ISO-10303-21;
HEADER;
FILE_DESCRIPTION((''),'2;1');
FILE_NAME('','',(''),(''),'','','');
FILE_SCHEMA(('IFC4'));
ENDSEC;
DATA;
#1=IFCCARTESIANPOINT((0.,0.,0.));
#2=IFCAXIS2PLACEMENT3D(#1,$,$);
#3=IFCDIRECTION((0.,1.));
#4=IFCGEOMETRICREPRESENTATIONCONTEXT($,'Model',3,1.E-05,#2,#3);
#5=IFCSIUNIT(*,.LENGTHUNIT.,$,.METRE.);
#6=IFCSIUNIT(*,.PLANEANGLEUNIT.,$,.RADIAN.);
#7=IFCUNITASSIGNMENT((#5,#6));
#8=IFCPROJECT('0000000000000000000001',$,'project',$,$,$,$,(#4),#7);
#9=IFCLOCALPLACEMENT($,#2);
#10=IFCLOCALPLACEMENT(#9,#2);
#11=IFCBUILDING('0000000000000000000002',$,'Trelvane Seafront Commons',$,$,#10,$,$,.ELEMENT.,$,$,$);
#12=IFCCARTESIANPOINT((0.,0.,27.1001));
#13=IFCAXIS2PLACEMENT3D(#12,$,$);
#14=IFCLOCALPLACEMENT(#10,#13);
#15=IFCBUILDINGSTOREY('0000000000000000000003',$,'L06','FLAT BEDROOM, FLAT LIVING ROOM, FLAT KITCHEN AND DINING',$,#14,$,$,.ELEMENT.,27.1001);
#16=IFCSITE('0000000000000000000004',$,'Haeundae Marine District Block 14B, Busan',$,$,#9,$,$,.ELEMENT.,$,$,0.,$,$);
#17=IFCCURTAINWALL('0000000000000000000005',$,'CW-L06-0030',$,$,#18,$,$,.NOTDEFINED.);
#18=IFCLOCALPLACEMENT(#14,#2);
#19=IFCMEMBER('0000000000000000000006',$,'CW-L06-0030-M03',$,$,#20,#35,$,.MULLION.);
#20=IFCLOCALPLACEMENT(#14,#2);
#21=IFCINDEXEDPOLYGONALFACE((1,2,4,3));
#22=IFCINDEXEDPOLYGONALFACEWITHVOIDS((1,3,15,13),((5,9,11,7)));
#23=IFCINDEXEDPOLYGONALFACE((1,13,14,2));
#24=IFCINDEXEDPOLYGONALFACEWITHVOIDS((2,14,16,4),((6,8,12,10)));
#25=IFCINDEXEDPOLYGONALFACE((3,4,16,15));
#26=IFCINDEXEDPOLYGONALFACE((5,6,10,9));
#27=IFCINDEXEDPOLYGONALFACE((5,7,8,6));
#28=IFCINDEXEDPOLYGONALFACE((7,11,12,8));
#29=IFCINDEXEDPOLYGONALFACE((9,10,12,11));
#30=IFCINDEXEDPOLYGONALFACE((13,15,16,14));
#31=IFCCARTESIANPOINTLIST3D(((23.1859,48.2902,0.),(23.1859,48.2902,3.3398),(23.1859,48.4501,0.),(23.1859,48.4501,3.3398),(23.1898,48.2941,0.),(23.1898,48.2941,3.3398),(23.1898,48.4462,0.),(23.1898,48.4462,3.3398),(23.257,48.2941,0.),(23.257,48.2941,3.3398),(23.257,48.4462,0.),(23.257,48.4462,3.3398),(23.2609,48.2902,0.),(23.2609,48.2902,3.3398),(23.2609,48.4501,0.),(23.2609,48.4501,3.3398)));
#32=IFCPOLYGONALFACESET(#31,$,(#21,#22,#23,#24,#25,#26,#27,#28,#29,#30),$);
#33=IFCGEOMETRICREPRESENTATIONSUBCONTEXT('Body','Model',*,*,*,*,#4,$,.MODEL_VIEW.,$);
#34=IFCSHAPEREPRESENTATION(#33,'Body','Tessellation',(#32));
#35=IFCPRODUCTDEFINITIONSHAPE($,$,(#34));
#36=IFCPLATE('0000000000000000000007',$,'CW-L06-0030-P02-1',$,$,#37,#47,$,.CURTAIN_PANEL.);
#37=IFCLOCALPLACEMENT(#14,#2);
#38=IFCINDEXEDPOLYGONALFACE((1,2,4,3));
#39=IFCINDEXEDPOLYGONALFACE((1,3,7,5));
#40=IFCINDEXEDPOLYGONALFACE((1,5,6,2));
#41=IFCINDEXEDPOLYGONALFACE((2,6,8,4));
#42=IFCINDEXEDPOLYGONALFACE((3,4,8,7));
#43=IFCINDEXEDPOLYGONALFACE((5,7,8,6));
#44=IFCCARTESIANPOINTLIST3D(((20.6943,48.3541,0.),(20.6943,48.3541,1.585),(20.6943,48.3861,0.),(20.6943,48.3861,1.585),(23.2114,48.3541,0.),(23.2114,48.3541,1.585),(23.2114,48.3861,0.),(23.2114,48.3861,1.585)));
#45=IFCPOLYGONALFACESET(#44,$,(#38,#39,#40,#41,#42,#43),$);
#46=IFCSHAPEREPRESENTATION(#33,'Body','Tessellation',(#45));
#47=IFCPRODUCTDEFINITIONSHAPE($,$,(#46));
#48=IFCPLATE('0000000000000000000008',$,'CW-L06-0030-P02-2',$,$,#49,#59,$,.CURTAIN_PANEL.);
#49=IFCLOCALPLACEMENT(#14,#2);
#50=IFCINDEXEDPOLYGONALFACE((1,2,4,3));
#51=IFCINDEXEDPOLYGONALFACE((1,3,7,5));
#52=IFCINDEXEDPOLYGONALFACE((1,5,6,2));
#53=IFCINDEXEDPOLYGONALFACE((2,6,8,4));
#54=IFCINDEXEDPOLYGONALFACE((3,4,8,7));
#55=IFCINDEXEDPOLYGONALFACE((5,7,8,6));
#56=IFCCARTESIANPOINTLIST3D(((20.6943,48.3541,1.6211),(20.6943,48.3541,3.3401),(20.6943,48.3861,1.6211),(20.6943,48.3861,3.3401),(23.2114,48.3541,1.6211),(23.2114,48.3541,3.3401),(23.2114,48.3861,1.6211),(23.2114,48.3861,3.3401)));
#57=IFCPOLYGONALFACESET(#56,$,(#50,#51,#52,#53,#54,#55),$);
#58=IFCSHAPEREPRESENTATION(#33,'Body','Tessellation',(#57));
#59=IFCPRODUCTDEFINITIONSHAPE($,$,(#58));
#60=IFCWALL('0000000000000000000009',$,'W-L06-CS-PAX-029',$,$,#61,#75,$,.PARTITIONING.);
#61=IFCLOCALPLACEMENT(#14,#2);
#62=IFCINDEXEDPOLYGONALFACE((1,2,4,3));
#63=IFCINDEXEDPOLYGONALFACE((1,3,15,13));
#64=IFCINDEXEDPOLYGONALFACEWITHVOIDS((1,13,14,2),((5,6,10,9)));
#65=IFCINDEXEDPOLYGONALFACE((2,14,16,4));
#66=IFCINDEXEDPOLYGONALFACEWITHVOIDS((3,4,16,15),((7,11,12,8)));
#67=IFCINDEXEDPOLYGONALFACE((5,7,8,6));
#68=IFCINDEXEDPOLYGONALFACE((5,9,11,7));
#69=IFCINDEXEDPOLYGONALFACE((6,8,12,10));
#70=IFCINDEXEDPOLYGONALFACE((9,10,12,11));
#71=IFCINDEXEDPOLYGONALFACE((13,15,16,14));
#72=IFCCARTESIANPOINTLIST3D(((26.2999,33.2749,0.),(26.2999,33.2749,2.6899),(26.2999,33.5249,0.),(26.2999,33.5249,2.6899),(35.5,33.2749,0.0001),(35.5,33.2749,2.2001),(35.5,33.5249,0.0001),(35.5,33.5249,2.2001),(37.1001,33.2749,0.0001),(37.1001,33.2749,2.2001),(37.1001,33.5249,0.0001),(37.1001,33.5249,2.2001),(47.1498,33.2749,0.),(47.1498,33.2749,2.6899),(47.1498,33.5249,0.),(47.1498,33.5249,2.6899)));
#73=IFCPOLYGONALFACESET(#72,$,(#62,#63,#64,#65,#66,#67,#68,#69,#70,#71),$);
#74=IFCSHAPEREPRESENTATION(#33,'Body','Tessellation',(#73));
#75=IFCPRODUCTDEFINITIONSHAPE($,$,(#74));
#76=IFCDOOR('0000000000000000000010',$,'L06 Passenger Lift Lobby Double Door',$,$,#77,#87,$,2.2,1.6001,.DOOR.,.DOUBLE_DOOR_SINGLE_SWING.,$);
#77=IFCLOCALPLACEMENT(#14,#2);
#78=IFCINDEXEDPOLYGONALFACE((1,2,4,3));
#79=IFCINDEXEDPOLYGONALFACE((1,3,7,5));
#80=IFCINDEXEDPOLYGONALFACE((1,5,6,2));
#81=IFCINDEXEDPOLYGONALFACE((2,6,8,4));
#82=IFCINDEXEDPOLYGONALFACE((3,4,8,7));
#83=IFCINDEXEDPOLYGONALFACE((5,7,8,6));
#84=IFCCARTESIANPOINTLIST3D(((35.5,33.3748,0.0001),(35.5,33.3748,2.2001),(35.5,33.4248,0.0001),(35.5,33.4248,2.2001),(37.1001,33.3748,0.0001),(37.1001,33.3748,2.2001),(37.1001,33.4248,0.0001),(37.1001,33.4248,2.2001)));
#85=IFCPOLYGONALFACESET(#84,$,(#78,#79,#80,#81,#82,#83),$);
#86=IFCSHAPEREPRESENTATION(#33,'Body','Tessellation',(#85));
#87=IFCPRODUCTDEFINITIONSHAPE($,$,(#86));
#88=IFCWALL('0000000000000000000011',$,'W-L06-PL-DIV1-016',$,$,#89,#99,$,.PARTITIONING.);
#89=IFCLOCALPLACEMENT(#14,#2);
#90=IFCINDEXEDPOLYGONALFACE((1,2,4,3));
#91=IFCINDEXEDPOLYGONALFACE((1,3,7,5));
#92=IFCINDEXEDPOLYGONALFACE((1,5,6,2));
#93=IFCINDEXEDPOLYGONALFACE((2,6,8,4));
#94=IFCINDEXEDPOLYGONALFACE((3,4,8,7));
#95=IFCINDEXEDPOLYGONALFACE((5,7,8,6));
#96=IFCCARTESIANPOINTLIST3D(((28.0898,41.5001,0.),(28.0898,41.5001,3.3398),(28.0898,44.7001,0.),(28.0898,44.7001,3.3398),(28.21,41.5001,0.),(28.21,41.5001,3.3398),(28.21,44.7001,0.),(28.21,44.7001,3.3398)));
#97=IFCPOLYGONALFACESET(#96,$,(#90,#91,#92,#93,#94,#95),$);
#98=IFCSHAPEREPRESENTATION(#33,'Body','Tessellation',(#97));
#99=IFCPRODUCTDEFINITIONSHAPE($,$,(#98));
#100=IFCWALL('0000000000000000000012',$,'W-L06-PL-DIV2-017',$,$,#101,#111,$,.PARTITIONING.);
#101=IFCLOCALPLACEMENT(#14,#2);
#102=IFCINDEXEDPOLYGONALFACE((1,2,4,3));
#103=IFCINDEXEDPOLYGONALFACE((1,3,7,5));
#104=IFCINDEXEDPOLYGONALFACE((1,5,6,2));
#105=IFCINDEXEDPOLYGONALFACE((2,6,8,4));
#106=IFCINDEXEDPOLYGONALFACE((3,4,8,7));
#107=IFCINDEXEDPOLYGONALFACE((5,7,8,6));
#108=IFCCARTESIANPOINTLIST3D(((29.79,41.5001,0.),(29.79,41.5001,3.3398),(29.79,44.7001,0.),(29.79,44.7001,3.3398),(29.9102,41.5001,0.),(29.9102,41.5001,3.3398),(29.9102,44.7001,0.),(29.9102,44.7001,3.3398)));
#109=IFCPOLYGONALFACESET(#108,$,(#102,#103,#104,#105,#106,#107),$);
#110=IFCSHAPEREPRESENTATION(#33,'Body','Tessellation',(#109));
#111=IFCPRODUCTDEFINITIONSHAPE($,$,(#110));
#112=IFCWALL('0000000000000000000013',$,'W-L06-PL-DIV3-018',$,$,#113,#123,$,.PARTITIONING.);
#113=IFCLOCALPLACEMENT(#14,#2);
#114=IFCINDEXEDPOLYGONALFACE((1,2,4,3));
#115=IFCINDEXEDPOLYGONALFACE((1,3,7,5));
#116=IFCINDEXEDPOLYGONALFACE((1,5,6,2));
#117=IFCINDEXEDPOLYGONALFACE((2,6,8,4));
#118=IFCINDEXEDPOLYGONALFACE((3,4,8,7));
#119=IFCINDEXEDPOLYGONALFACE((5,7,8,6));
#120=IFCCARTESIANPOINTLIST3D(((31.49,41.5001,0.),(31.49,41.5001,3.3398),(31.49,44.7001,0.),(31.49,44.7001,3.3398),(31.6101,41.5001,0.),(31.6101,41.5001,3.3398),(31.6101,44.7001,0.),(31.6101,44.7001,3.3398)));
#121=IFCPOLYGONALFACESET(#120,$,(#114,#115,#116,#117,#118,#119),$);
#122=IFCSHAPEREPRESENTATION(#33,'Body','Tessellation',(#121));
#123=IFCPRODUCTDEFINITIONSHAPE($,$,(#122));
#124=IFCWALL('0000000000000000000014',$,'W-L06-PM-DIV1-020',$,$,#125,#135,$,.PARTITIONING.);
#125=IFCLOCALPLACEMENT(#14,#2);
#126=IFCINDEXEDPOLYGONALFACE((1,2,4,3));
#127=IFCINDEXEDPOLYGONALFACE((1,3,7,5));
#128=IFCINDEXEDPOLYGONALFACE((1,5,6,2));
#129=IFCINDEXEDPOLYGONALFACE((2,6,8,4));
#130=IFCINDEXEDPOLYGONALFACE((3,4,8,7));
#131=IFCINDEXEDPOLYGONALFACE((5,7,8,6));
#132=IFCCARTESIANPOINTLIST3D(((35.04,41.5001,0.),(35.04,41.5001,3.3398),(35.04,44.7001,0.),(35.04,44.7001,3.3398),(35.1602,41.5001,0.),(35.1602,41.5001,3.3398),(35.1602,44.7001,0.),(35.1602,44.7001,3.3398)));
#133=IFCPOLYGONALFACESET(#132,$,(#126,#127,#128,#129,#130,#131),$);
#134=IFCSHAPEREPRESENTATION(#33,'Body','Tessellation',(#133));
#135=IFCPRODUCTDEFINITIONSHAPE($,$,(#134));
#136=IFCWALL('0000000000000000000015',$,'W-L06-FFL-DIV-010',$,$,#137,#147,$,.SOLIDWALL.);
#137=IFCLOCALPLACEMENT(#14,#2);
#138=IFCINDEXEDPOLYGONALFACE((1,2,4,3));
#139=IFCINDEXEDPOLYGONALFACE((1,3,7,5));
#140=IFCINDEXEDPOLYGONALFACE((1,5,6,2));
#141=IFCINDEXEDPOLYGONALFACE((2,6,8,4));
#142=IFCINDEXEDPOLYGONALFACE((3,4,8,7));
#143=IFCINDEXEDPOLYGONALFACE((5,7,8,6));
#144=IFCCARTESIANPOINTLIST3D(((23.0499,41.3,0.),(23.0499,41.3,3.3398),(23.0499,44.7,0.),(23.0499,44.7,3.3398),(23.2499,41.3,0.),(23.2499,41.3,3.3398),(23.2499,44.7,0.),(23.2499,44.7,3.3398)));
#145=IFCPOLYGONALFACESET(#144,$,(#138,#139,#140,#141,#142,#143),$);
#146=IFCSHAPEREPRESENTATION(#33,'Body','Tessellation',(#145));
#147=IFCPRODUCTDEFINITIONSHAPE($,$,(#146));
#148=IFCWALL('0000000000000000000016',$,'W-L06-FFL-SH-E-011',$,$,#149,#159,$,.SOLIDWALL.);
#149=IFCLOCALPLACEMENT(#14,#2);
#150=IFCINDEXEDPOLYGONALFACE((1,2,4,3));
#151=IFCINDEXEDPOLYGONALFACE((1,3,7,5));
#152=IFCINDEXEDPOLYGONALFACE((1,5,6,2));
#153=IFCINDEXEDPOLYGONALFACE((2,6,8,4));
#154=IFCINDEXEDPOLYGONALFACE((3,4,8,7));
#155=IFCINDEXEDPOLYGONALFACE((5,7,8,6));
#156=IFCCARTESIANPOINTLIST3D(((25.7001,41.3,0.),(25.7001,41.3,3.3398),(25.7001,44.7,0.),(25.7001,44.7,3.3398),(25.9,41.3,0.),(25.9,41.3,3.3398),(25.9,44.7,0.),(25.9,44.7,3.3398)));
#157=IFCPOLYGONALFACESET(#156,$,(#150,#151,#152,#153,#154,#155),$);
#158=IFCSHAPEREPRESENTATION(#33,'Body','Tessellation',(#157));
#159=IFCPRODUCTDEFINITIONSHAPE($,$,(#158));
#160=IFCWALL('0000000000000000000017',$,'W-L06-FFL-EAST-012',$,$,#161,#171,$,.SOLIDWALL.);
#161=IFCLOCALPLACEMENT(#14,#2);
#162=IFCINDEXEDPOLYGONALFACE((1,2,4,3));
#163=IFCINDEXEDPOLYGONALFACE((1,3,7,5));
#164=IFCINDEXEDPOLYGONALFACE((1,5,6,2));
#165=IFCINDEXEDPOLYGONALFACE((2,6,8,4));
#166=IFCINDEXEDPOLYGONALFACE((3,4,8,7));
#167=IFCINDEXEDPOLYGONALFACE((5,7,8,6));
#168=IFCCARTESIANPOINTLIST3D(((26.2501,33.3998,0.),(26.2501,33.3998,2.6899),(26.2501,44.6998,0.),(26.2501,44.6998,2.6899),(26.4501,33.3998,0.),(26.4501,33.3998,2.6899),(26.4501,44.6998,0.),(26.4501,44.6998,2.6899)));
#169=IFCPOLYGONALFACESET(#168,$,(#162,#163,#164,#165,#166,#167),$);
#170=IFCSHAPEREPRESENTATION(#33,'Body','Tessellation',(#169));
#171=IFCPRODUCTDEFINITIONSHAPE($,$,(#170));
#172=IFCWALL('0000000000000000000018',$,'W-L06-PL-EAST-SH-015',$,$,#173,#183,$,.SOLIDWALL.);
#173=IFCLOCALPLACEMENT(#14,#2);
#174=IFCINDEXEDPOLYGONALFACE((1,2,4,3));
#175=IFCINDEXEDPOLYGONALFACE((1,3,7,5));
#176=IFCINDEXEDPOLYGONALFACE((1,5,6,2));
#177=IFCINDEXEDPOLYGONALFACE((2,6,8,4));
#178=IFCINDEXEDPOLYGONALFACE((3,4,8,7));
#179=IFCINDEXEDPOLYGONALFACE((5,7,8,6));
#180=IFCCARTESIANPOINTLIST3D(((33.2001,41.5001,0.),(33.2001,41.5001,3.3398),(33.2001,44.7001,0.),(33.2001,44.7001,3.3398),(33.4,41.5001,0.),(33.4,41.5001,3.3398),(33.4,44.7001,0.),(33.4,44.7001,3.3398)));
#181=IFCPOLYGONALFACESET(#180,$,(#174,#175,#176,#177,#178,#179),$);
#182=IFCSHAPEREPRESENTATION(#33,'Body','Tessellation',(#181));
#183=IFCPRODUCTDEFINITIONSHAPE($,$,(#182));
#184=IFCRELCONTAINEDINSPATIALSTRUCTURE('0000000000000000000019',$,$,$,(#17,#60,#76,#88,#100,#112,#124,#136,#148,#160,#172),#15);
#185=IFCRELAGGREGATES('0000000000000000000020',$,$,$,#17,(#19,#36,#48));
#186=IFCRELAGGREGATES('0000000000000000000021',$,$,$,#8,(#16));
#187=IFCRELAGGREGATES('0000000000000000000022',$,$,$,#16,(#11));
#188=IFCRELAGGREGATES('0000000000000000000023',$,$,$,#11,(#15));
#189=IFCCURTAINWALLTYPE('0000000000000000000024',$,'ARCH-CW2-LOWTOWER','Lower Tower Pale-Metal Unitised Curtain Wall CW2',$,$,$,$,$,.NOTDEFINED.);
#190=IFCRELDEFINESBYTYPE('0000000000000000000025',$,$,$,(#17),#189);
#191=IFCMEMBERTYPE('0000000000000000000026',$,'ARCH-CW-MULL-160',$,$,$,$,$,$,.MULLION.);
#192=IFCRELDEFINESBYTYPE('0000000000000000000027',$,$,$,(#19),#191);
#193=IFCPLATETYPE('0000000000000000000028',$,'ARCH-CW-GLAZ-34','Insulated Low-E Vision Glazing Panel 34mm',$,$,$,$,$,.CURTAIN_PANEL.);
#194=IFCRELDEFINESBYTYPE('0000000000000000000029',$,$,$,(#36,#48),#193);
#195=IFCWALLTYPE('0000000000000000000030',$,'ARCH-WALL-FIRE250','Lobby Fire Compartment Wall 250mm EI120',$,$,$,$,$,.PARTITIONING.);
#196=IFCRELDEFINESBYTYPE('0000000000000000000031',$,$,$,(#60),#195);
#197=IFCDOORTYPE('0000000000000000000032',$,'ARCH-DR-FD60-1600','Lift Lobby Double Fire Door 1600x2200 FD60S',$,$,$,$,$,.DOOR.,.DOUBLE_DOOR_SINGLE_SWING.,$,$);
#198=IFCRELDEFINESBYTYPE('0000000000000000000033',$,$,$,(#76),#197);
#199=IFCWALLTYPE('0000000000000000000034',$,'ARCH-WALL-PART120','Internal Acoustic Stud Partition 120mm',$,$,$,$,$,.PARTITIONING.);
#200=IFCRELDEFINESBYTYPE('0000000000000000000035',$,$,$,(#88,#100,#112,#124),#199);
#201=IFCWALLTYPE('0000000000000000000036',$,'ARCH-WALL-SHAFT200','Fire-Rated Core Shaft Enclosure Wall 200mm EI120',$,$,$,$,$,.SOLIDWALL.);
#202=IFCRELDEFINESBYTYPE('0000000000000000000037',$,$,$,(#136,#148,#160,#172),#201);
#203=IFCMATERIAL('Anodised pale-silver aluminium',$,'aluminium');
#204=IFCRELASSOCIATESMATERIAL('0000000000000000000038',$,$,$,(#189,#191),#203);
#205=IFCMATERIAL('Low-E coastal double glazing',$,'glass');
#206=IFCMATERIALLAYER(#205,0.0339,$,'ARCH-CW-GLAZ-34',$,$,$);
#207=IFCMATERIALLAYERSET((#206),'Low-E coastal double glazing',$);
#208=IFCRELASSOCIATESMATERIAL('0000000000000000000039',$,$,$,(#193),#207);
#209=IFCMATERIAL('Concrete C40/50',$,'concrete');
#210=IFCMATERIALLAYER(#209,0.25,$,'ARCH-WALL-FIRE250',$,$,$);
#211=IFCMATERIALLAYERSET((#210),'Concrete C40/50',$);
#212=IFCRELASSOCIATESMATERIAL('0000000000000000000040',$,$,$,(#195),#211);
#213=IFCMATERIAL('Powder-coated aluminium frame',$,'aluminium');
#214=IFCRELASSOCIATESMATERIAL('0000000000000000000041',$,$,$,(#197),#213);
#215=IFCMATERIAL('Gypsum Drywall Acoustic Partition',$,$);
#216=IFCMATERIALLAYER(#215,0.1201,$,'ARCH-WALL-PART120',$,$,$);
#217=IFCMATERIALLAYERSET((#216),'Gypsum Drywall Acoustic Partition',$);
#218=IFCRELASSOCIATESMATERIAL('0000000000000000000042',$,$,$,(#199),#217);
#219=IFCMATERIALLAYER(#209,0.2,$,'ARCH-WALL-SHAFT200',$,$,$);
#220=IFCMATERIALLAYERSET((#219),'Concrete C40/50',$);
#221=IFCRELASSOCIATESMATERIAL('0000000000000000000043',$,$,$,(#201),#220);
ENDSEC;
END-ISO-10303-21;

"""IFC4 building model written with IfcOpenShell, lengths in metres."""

from ifc_helpers import new_model, si_unit, direction, frame, frame_2d, origin, origin_2d, place, context, subcontext, project, spatial, rectangle, hollow_rectangle, extrude, source, transform, mapped, material, layer, layer_set, material_profile, profile_set, type_object, element, fill, aggregate, save


model = new_model("IFC4")

# Units and contexts
model_context = context("Model", 3, precision=1e-05, world=origin(), true_north=direction((0.0, 1.0)))
body_context = subcontext(model_context, "Body", "Model", "MODEL_VIEW")
ifc_project = project(units=[si_unit("LENGTHUNIT", "METRE"), si_unit("PLANEANGLEUNIT", "RADIAN")], contexts=[model_context])

# Site, building, storey
site_placement = place(None, origin())
site = spatial("IfcSite", under=ifc_project, at=site_placement, Name="Haeundae Marine District Block 14B, Busan", CompositionType="ELEMENT", RefElevation=0.0)
building_placement = place(site_placement, origin())
building = spatial("IfcBuilding", under=site, at=building_placement, Name="Trelvane Seafront Commons", CompositionType="ELEMENT")
storey_placement = place(building_placement, frame((0.0, 0.0, 27.1001)))
storey = spatial("IfcBuildingStorey", under=building, at=storey_placement, Name="L06", Description="FLAT BEDROOM, FLAT LIVING ROOM, FLAT KITCHEN AND DINING", CompositionType="ELEMENT", Elevation=27.1001)

# Curtain wall, member, plates
ifc_material_1 = material(Name="Anodised pale-silver aluminium", Category="aluminium")
curtain_wall_type = type_object("IfcCurtainWallType", Name="ARCH-CW2-LOWTOWER", Description="Lower Tower Pale-Metal Unitised Curtain Wall CW2", PredefinedType="NOTDEFINED", material=ifc_material_1)
curtain_wall_placement = place(storey_placement, origin())
curtain_wall = element("IfcCurtainWall", 1, at=curtain_wall_placement, inside=storey, type_object=curtain_wall_type, Name="CW-L06-0030", PredefinedType="NOTDEFINED")
ifc_material_profile_1 = material_profile(ifc_material_1, hollow_rectangle(XDim=0.075, YDim=0.1599, WallThickness=0.0039, at=origin_2d()), Name="MULL-75x160x4")
ifc_profile_set_1 = profile_set([ifc_material_profile_1], Name="Anodised pale-silver aluminium")
member_type_1 = type_object("IfcMemberType", Name="ARCH-CW-MULL-160", PredefinedType="MULLION", material=ifc_profile_set_1)
shared_shape_1 = source(origin(), body_context, "Body", "SweptSolid", [
    extrude(hollow_rectangle(XDim=0.075, YDim=0.1599, WallThickness=0.0039, at=origin_2d()), origin(), (0.0, 0.0, 1.0), 3.3398),
])
member_1_placement = place(storey_placement, frame((23.2234, 48.3701, 0.0), z_axis=(0.0, 0.0, 1.0), x_axis=(1.0, 0.0, 0.0)))
member_1 = element("IfcMember", 2, at=member_1_placement, type_object=member_type_1, Name="CW-L06-0030-M03", PredefinedType="MULLION", context=body_context, shape_type="MappedRepresentation", body=[
    mapped(shared_shape_1, transform((0.0, 0.0, 0.0), x_axis=(1.0, 0.0, 0.0), y_axis=(0.0, 1.0, 0.0), z_axis=(0.0, 0.0, 1.0), scale=1.0)),
])
ifc_material_2 = material(Name="Low-E coastal double glazing", Category="glass")
ifc_layer_1 = layer(ifc_material_2, 0.0339, Name="ARCH-CW-GLAZ-34")
ifc_layer_set_1 = layer_set([ifc_layer_1], Name="Low-E coastal double glazing")
plate_type = type_object("IfcPlateType", Name="ARCH-CW-GLAZ-34", Description="Insulated Low-E Vision Glazing Panel 34mm", PredefinedType="CURTAIN_PANEL", material=ifc_layer_set_1)
shared_shape_2 = source(origin(), body_context, "Body", "SweptSolid", [
    extrude(rectangle(XDim=2.5171, YDim=0.032, at=origin_2d()), origin(), (0.0, 0.0, 1.0), 1.585),
])
plate_1_placement = place(storey_placement, frame((21.9529, 48.3701, 0.0), z_axis=(0.0, 0.0, 1.0), x_axis=(1.0, 0.0, 0.0)))
plate_1 = element("IfcPlate", 3, at=plate_1_placement, type_object=plate_type, Name="CW-L06-0030-P02-1", PredefinedType="CURTAIN_PANEL", context=body_context, shape_type="MappedRepresentation", body=[
    mapped(shared_shape_2, transform((0.0, 0.0, 0.0), x_axis=(1.0, 0.0, 0.0), y_axis=(0.0, 1.0, 0.0), z_axis=(0.0, 0.0, 1.0), scale=1.0)),
])
shared_shape_3 = source(origin(), body_context, "Body", "SweptSolid", [
    extrude(rectangle(XDim=2.5171, YDim=0.032, at=origin_2d()), origin(), (0.0, 0.0, 1.0), 1.719),
])
plate_2_placement = place(storey_placement, frame((21.9529, 48.3701, 1.6211), z_axis=(0.0, 0.0, 1.0), x_axis=(1.0, 0.0, 0.0)))
plate_2 = element("IfcPlate", 4, at=plate_2_placement, type_object=plate_type, Name="CW-L06-0030-P02-2", PredefinedType="CURTAIN_PANEL", context=body_context, shape_type="MappedRepresentation", body=[
    mapped(shared_shape_3, transform((0.0, 0.0, 0.0), x_axis=(1.0, 0.0, 0.0), y_axis=(0.0, 1.0, 0.0), z_axis=(0.0, 0.0, 1.0), scale=1.0)),
])
aggregate(curtain_wall, [member_1, plate_1, plate_2])

# Wall, opening, door
ifc_material_3 = material(Name="Concrete C40/50", Category="concrete")
ifc_layer_2 = layer(ifc_material_3, 0.25, Name="ARCH-WALL-FIRE250")
ifc_layer_set_2 = layer_set([ifc_layer_2], Name="Concrete C40/50")
wall_type_1 = type_object("IfcWallType", Name="ARCH-WALL-FIRE250", Description="Lobby Fire Compartment Wall 250mm EI120", PredefinedType="PARTITIONING", material=ifc_layer_set_2)
wall_1_placement = place(storey_placement, frame((26.3, 33.3999, 0.0), z_axis=(0.0, 0.0, 1.0), x_axis=(1.0, 0.0, 0.0)))
wall_1 = element("IfcWall", 5, at=wall_1_placement, inside=storey, type_object=wall_type_1, Name="W-L06-CS-PAX-029", PredefinedType="PARTITIONING", context=body_context, shape_type="SweptSolid", body=[
    extrude(rectangle(XDim=20.8499, YDim=0.25, at=frame_2d((10.4248, 0.0))), origin(), (0.0, 0.0, 1.0), 2.6899),
])
opening_1_placement = place(wall_1_placement, frame((9.2, 0.0, 0.0)))
opening_1 = element("IfcOpeningElement", 6, at=opening_1_placement, cuts=wall_1, PredefinedType="OPENING", context=body_context, shape_type="SweptSolid", body=[
    extrude(rectangle(XDim=1.6001, YDim=2.2, at=frame_2d((0.8, 1.1001))), frame((0.0, 0.135, 0.0), z_axis=(0.0, -1.0, 0.0), x_axis=(1.0, 0.0, 0.0)), (0.0, 0.0, 1.0), 0.27),
])
ifc_material_4 = material(Name="Powder-coated aluminium frame", Category="aluminium")
door_type_1 = type_object("IfcDoorType", Name="ARCH-DR-FD60-1600", Description="Lift Lobby Double Fire Door 1600x2200 FD60S", OperationType="DOUBLE_DOOR_SINGLE_SWING", PredefinedType="DOOR", material=ifc_material_4)
shared_shape_4 = source(origin(), body_context, "Body", "SweptSolid", [
    extrude(rectangle(XDim=1.6001, YDim=2.2, at=frame_2d((0.8, 1.1001))), frame((0.0, 0.0249, 0.0), z_axis=(0.0, -1.0, 0.0), x_axis=(1.0, 0.0, 0.0)), (0.0, 0.0, 1.0), 0.05),
])
door_1_placement = place(opening_1_placement, origin())
door_1 = element("IfcDoor", 7, at=door_1_placement, inside=storey, type_object=door_type_1, Name="L06 Passenger Lift Lobby Double Door", OperationType="DOUBLE_DOOR_SINGLE_SWING", OverallHeight=2.2, OverallWidth=1.6001, PredefinedType="DOOR", context=body_context, shape_type="MappedRepresentation", body=[
    mapped(shared_shape_4, transform((0.0, 0.0, 0.0), x_axis=(1.0, 0.0, 0.0), y_axis=(0.0, 1.0, 0.0), z_axis=(0.0, 0.0, 1.0), scale=1.0)),
])
fill(opening_1, door_1)

# Walls
ifc_material_5 = material(Name="Gypsum Drywall Acoustic Partition")
ifc_layer_3 = layer(ifc_material_5, 0.1201, Name="ARCH-WALL-PART120")
ifc_layer_set_3 = layer_set([ifc_layer_3], Name="Gypsum Drywall Acoustic Partition")
wall_type_2 = type_object("IfcWallType", Name="ARCH-WALL-PART120", Description="Internal Acoustic Stud Partition 120mm", PredefinedType="PARTITIONING", material=ifc_layer_set_3)
for number, where, z_axis, x_axis, name in (
    (8, (28.1499, 41.5, 0.0), (0.0, 0.0, 1.0), (0.0, 1.0, 0.0), "W-L06-PL-DIV1-016"),
    (9, (29.8501, 41.5, 0.0), (0.0, 0.0, 1.0), (0.0, 1.0, 0.0), "W-L06-PL-DIV2-017"),
    (10, (31.55, 41.5, 0.0), (0.0, 0.0, 1.0), (0.0, 1.0, 0.0), "W-L06-PL-DIV3-018"),
    (11, (35.1001, 41.5, 0.0), (0.0, 0.0, 1.0), (0.0, 1.0, 0.0), "W-L06-PM-DIV1-020"),
):
    element("IfcWall", number, at=place(storey_placement, frame(where, z_axis=z_axis, x_axis=x_axis)), inside=storey, type_object=wall_type_2, Name=name, PredefinedType="PARTITIONING", context=body_context, shape_type="SweptSolid", body=[
        extrude(rectangle(XDim=3.2, YDim=0.1201, at=frame_2d((1.6001, 0.0))), origin(), (0.0, 0.0, 1.0), 3.3398),
    ])
ifc_layer_4 = layer(ifc_material_3, 0.2, Name="ARCH-WALL-SHAFT200")
ifc_layer_set_4 = layer_set([ifc_layer_4], Name="Concrete C40/50")
wall_type_3 = type_object("IfcWallType", Name="ARCH-WALL-SHAFT200", Description="Fire-Rated Core Shaft Enclosure Wall 200mm EI120", PredefinedType="SOLIDWALL", material=ifc_layer_set_4)
for number, where, z_axis, x_axis, name in (
    (12, (23.1499, 41.3, 0.0), (0.0, 0.0, 1.0), (0.0, 1.0, 0.0), "W-L06-FFL-DIV-010"),
    (13, (25.8, 41.3, 0.0), (0.0, 0.0, 1.0), (0.0, 1.0, 0.0), "W-L06-FFL-SH-E-011"),
):
    element("IfcWall", number, at=place(storey_placement, frame(where, z_axis=z_axis, x_axis=x_axis)), inside=storey, type_object=wall_type_3, Name=name, PredefinedType="SOLIDWALL", context=body_context, shape_type="SweptSolid", body=[
        extrude(rectangle(XDim=3.3999, YDim=0.2, at=frame_2d((1.7, 0.0))), origin(), (0.0, 0.0, 1.0), 3.3398),
    ])
wall_2_placement = place(storey_placement, frame((26.3501, 33.3999, 0.0), z_axis=(0.0, 0.0, 1.0), x_axis=(0.0, 1.0, 0.0)))
element("IfcWall", 14, at=wall_2_placement, inside=storey, type_object=wall_type_3, Name="W-L06-FFL-EAST-012", PredefinedType="SOLIDWALL", context=body_context, shape_type="SweptSolid", body=[
    extrude(rectangle(XDim=11.3, YDim=0.2, at=frame_2d((5.6499, 0.0))), origin(), (0.0, 0.0, 1.0), 2.6899),
])

# Wall
wall_3_placement = place(storey_placement, frame((33.3, 41.5, 0.0), z_axis=(0.0, 0.0, 1.0), x_axis=(0.0, 1.0, 0.0)))
element("IfcWall", 15, at=wall_3_placement, inside=storey, type_object=wall_type_3, Name="W-L06-PL-EAST-SH-015", PredefinedType="SOLIDWALL", context=body_context, shape_type="SweptSolid", body=[
    extrude(rectangle(XDim=3.2, YDim=0.2, at=frame_2d((1.6001, 0.0))), origin(), (0.0, 0.0, 1.0), 3.3398),
])

save(model, "model.ifc")
